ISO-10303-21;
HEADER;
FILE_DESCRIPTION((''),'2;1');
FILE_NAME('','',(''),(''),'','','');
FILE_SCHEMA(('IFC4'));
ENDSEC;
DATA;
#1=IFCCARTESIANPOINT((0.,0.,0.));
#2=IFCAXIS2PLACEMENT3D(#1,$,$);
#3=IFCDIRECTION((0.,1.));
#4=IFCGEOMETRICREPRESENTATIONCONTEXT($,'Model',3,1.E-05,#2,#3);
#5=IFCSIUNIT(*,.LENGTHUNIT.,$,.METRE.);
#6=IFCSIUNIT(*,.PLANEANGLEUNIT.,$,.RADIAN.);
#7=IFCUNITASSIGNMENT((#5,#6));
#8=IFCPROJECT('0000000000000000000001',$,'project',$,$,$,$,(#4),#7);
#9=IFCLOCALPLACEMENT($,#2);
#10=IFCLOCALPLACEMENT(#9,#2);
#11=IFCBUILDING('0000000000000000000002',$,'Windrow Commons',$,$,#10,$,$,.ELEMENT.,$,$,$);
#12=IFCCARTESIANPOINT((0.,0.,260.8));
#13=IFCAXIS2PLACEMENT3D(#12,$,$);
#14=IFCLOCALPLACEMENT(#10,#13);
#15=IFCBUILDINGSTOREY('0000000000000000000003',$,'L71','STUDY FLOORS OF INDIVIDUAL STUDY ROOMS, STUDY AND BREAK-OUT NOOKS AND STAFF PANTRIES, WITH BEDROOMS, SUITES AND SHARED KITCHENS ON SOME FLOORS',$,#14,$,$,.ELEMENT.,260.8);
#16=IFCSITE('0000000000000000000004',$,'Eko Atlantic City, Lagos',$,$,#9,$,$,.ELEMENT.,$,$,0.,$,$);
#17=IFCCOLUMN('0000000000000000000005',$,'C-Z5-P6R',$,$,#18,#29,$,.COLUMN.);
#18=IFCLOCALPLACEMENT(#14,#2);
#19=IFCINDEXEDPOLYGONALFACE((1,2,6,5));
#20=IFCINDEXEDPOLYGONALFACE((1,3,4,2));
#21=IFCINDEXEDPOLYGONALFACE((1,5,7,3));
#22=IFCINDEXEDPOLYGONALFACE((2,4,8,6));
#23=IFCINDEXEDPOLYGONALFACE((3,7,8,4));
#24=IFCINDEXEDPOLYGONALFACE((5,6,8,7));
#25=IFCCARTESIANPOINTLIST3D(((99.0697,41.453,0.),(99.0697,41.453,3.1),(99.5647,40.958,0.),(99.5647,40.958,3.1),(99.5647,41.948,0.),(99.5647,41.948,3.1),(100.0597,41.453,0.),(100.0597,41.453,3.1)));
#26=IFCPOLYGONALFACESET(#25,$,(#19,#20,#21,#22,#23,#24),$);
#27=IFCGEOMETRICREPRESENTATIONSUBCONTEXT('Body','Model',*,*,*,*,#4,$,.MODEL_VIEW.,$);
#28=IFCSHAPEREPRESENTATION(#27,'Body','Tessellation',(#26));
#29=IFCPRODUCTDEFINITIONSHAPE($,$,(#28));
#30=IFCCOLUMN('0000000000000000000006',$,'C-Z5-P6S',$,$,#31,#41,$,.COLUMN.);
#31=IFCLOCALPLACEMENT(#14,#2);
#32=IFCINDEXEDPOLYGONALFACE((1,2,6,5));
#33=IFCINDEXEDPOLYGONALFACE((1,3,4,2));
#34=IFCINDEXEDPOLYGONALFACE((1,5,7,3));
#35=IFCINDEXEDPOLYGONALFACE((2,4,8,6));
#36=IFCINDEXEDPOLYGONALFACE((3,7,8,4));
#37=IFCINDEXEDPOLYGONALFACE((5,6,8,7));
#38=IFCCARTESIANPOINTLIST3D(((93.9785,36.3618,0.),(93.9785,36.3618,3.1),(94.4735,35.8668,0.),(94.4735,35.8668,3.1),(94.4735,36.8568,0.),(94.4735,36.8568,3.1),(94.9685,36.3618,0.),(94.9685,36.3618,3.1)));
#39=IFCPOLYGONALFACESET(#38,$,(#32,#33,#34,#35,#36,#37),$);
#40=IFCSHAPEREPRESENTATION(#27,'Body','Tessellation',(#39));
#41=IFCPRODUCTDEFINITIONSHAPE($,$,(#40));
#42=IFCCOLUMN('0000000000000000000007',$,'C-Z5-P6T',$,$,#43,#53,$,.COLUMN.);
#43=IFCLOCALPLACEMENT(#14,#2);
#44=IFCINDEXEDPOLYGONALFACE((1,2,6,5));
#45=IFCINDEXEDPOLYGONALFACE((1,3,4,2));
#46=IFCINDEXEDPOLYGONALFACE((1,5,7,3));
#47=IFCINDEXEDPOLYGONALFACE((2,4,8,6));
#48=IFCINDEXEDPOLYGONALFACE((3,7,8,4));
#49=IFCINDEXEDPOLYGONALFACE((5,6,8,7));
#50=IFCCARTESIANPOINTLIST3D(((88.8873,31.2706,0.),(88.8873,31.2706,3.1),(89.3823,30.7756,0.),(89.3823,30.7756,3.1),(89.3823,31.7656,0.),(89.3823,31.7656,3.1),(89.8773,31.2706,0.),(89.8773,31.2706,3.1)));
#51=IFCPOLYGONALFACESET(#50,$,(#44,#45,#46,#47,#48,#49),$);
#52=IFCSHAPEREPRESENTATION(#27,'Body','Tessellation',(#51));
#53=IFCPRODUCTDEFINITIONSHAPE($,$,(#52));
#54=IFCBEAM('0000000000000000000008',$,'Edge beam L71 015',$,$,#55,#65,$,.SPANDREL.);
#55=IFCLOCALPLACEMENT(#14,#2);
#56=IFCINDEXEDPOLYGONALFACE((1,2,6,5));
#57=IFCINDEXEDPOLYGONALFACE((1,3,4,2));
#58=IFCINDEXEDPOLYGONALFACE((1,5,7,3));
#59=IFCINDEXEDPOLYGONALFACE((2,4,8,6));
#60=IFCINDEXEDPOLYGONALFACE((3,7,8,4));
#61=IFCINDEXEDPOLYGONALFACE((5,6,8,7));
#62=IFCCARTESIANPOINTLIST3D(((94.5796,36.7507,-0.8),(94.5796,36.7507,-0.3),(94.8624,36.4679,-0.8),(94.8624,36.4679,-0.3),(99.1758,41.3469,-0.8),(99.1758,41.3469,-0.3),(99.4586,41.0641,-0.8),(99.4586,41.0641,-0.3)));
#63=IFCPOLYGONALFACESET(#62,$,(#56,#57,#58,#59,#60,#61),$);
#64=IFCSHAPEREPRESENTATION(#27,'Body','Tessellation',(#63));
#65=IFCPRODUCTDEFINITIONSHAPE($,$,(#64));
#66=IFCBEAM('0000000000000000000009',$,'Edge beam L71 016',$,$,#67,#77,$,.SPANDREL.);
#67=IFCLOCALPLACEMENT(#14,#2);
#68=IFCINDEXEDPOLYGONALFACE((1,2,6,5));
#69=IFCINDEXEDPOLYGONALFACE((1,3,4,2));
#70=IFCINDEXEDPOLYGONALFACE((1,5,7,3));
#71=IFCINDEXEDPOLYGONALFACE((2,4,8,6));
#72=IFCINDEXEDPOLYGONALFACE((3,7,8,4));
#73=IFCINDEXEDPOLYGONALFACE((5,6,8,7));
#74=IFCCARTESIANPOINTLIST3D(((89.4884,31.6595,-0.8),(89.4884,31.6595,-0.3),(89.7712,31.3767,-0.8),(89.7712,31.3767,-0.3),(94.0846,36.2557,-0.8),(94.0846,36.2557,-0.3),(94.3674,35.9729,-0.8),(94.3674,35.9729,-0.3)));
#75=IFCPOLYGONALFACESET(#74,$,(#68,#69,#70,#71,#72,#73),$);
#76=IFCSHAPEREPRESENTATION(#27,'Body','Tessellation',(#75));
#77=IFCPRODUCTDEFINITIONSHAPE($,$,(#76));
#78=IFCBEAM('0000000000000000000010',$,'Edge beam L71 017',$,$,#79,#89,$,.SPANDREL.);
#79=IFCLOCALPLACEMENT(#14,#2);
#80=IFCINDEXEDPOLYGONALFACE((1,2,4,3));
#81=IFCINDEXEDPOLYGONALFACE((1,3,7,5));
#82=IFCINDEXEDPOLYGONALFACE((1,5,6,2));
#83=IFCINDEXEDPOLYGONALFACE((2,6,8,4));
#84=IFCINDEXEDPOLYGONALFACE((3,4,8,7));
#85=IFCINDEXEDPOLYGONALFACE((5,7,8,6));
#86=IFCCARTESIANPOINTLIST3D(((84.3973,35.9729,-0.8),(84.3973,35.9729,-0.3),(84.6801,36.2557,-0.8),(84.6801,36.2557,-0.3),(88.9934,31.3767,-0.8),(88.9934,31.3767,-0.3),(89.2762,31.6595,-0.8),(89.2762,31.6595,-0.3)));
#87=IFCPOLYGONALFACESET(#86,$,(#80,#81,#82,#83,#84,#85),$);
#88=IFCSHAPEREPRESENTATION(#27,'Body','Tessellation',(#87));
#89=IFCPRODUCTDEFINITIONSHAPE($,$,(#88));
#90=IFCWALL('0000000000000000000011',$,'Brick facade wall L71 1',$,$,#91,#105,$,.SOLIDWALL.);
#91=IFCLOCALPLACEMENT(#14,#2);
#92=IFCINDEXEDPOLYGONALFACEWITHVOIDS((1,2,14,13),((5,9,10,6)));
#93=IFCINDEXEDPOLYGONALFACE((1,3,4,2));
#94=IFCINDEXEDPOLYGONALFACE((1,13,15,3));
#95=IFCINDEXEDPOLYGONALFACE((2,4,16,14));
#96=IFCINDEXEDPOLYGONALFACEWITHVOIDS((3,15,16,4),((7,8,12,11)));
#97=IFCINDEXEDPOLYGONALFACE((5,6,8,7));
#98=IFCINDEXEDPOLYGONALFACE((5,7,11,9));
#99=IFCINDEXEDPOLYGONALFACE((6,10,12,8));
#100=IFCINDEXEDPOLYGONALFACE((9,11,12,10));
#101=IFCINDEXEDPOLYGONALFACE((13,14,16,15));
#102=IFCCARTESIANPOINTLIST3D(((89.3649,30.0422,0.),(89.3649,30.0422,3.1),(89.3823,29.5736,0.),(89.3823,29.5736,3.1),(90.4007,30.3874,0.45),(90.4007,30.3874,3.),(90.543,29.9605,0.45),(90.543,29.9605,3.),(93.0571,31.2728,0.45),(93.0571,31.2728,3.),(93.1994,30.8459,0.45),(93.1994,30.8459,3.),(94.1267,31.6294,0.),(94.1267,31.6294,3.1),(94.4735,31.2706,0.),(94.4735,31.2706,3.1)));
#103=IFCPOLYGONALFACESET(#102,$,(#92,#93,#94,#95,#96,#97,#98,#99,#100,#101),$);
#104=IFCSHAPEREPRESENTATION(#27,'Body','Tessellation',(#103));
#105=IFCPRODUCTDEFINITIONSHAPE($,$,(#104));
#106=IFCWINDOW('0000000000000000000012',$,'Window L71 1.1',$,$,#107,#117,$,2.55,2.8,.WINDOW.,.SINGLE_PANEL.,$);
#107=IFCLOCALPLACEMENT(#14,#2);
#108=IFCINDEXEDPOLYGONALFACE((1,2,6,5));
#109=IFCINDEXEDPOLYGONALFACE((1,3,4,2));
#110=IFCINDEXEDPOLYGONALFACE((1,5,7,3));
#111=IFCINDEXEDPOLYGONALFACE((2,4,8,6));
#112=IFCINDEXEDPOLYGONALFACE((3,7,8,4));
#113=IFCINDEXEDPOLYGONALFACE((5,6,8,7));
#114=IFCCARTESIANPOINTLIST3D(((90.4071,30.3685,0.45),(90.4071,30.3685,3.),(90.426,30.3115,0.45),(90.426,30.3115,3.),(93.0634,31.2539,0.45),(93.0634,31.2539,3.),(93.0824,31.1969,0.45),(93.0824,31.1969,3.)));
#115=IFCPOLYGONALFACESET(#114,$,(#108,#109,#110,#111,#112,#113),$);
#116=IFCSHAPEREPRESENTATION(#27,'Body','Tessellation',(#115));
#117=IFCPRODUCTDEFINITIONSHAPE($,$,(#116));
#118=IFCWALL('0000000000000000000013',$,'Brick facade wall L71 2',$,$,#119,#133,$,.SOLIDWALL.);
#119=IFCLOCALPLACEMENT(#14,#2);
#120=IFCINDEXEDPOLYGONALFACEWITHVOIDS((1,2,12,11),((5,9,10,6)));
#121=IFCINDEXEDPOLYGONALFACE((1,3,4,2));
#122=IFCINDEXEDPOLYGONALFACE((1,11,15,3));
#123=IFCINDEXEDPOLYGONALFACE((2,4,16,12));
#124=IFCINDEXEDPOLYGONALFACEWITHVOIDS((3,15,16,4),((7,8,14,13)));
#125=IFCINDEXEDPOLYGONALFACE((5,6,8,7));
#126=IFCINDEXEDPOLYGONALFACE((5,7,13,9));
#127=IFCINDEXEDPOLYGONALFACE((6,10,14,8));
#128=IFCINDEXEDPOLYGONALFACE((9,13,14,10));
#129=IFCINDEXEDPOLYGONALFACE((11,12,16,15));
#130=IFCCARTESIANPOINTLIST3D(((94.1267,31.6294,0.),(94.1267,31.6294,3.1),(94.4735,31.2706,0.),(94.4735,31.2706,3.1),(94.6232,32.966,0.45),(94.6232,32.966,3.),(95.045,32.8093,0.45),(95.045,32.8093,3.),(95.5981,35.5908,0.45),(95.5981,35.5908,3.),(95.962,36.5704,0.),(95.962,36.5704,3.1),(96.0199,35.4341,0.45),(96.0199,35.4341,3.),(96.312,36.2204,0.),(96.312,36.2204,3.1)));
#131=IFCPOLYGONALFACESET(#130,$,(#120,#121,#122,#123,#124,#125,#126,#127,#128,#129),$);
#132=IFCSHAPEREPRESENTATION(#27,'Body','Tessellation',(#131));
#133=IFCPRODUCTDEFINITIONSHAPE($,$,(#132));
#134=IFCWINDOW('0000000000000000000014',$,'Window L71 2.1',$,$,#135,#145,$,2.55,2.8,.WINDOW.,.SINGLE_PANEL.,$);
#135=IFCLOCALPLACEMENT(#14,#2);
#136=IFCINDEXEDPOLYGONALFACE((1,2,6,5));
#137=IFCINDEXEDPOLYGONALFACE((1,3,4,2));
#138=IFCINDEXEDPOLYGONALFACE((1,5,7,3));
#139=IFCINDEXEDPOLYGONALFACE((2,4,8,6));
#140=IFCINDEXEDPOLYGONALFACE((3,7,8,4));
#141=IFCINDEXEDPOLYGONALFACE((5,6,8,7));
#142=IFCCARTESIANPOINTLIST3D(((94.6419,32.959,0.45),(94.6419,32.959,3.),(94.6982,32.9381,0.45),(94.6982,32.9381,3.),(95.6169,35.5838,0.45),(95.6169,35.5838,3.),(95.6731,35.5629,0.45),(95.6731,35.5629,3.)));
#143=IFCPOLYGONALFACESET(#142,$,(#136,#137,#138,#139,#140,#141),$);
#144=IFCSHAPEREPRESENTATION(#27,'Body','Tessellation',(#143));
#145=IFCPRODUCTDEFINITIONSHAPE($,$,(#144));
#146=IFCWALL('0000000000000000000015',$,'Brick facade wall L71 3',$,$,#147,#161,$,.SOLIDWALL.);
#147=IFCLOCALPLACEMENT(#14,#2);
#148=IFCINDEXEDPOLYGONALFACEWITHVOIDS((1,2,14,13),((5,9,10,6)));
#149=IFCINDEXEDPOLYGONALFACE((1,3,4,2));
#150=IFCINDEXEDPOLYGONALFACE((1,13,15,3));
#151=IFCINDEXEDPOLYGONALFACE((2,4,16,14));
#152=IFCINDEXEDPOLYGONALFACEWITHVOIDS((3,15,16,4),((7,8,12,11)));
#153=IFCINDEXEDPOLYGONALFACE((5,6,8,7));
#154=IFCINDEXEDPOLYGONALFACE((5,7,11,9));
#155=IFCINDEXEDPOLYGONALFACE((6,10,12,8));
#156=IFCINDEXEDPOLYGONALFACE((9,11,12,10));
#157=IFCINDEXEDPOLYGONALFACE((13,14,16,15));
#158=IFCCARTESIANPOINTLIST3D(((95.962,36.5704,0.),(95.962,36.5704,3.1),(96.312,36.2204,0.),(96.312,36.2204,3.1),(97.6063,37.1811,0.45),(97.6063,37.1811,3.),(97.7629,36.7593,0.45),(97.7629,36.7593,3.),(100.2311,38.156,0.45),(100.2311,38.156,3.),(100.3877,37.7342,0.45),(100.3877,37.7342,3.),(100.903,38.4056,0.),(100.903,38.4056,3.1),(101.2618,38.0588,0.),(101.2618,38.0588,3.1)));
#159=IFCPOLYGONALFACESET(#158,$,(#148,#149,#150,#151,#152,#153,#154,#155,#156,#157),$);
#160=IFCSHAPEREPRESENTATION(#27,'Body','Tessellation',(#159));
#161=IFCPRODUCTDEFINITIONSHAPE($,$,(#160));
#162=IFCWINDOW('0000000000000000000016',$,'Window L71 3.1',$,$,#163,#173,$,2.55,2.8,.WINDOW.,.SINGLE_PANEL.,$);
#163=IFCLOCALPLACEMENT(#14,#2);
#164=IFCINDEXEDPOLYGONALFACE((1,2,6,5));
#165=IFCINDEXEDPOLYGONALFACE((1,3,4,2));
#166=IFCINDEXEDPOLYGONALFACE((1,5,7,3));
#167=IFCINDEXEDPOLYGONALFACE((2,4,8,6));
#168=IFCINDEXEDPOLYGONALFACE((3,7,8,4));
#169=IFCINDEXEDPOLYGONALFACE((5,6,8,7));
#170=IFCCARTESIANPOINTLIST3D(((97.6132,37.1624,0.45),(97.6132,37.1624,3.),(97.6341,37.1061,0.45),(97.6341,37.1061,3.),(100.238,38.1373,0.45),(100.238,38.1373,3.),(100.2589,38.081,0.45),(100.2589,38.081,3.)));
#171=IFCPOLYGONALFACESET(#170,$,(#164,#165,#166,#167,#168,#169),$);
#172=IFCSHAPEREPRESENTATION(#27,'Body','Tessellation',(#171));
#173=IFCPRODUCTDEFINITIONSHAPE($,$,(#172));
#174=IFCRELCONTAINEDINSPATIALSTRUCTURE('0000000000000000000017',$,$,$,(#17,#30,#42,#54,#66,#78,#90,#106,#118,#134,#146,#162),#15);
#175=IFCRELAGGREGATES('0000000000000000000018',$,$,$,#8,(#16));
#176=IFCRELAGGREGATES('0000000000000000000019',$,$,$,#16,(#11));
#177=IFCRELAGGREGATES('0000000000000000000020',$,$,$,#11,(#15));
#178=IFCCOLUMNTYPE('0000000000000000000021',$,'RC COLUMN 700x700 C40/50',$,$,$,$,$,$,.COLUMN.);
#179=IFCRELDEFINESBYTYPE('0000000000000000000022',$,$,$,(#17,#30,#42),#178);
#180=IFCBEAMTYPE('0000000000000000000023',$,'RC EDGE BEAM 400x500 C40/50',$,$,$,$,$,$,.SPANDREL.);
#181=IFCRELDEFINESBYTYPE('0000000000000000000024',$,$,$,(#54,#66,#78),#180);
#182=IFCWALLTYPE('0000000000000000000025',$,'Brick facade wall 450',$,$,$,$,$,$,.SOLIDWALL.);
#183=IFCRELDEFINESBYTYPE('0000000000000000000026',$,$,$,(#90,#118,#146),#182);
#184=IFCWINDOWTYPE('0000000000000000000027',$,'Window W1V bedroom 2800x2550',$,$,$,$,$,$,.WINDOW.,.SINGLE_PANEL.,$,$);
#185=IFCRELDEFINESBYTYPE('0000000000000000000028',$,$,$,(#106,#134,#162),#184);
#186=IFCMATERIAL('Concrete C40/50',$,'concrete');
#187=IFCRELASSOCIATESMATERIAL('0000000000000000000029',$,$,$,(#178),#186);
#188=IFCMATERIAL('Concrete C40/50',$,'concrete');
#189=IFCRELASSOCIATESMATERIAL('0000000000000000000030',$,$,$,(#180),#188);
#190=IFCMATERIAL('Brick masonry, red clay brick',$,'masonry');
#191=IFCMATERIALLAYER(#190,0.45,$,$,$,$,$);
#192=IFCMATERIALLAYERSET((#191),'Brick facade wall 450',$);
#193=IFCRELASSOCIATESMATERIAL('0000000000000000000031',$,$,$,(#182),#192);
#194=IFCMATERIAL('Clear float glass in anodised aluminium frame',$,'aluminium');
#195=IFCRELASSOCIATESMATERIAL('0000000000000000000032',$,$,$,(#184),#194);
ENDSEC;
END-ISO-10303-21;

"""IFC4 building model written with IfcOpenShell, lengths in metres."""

from ifc_helpers import new_model, si_unit, direction, frame, frame_2d, origin, origin_2d, place, context, subcontext, project, spatial, polyline, rectangle, outline, extrude, material, layer, layer_set, material_profile, profile_set, type_object, element, fill, save


model = new_model("IFC4")

# Units and contexts
model_context = context("Model", 3, precision=1e-05, world=origin(), true_north=direction((0.0, 1.0)))
body_context = subcontext(model_context, "Body", "Model", "MODEL_VIEW")
ifc_project = project(units=[si_unit("LENGTHUNIT", "METRE"), si_unit("PLANEANGLEUNIT", "RADIAN")], contexts=[model_context])

# Site, building, storey
site_placement = place(None, origin())
site = spatial("IfcSite", under=ifc_project, at=site_placement, Name="Eko Atlantic City, Lagos", CompositionType="ELEMENT", RefElevation=0.0)
building_placement = place(site_placement, origin())
building = spatial("IfcBuilding", under=site, at=building_placement, Name="Windrow Commons", CompositionType="ELEMENT")
storey_placement = place(building_placement, frame((0.0, 0.0, 260.8)))
storey = spatial("IfcBuildingStorey", under=building, at=storey_placement, Name="L71", Description="STUDY FLOORS OF INDIVIDUAL STUDY ROOMS, STUDY AND BREAK-OUT NOOKS AND STAFF PANTRIES, WITH BEDROOMS, SUITES AND SHARED KITCHENS ON SOME FLOORS", CompositionType="ELEMENT", Elevation=260.8)

# Columns
ifc_material_1 = material(Name="Concrete C40/50", Category="concrete")
ifc_material_profile_1 = material_profile(ifc_material_1, rectangle(XDim=0.7, YDim=0.7, at=origin_2d()))
ifc_profile_set_1 = profile_set([ifc_material_profile_1], Name="Concrete C40/50")
column_type = type_object("IfcColumnType", Name="RC COLUMN 700x700 C40/50", PredefinedType="COLUMN", material=ifc_profile_set_1)
for number, where, z_axis, x_axis, name in (
    (1, (99.5647, 41.453, 0.0), (0.0, 0.0, 1.0), (0.707107, -0.707107, 0.0), "C-Z5-P6R"),
    (2, (94.4735, 36.3618, 0.0), (0.0, 0.0, 1.0), (0.707107, -0.707107, 0.0), "C-Z5-P6S"),
    (3, (89.3823, 31.2706, 0.0), (0.0, 0.0, 1.0), (0.707107, -0.707107, 0.0), "C-Z5-P6T"),
):
    element("IfcColumn", number, at=place(storey_placement, frame(where, z_axis=z_axis, x_axis=x_axis)), inside=storey, type_object=column_type, Name=name, PredefinedType="COLUMN", context=body_context, shape_type="SweptSolid", body=[
        extrude(rectangle(XDim=0.7, YDim=0.7, at=origin_2d()), origin(), (0.0, 0.0, 1.0), 3.1),
    ])

# Beams
ifc_material_2 = material(Name="Concrete C40/50", Category="concrete")
ifc_material_profile_2 = material_profile(ifc_material_2, rectangle(XDim=0.4, YDim=0.5, at=origin_2d()))
ifc_profile_set_2 = profile_set([ifc_material_profile_2], Name="Concrete C40/50")
beam_type = type_object("IfcBeamType", Name="RC EDGE BEAM 400x500 C40/50", PredefinedType="SPANDREL", material=ifc_profile_set_2)
for number, where, z_axis, x_axis, name in (
    (4, (99.3172, 41.2055, -0.55), (-0.707107, -0.707107, 0.0), (0.707107, -0.707107, 0.0), "Edge beam L71 015"),
    (5, (94.226, 36.1143, -0.55), (-0.707107, -0.707107, 0.0), (0.707107, -0.707107, 0.0), "Edge beam L71 016"),
):
    element("IfcBeam", number, at=place(storey_placement, frame(where, z_axis=z_axis, x_axis=x_axis)), inside=storey, type_object=beam_type, Name=name, PredefinedType="SPANDREL", context=body_context, shape_type="SweptSolid", body=[
        extrude(rectangle(XDim=0.4, YDim=0.5, at=origin_2d()), origin(), (0.0, 0.0, 1.0), 6.5),
    ])
beam_placement = place(storey_placement, frame((89.1348, 31.5181, -0.55), z_axis=(-0.707099, 0.707114, 0.0), x_axis=(-0.707114, -0.707099, 0.0)))
element("IfcBeam", 6, at=beam_placement, inside=storey, type_object=beam_type, Name="Edge beam L71 017", PredefinedType="SPANDREL", context=body_context, shape_type="SweptSolid", body=[
    extrude(rectangle(XDim=0.4, YDim=0.5, at=origin_2d()), origin(), (0.0, 0.0, 1.0), 6.4999),
])

# Walls, openings, windows
ifc_material_3 = material(Name="Brick masonry, red clay brick", Category="masonry")
ifc_layer_1 = layer(ifc_material_3, 0.45)
ifc_layer_set_1 = layer_set([ifc_layer_1], Name="Brick facade wall 450")
wall_type_1 = type_object("IfcWallType", Name="Brick facade wall 450", PredefinedType="SOLIDWALL", material=ifc_layer_set_1)
wall_1_placement = place(storey_placement, frame((89.3736, 29.8079, 0.0), z_axis=(0.0, 0.0, 1.0), x_axis=(0.948687, 0.316216, 0.0)))
wall_1 = element("IfcWall", 7, at=wall_1_placement, inside=storey, type_object=wall_type_1, Name="Brick facade wall L71 1", PredefinedType="SOLIDWALL", context=body_context, shape_type="SweptSolid", body=[
    extrude(outline(polyline([(-0.0658, -0.225), (5.3008, -0.225), (5.0852, 0.225), (0.0658, 0.225), (-0.0658, -0.225)])), origin(), (0.0, 0.0, 1.0), 3.1),
])
opening_1_placement = place(wall_1_placement, frame((1.1577, 0.0, 0.45)))
opening_1 = element("IfcOpeningElement", 8, at=opening_1_placement, cuts=wall_1, PredefinedType="OPENING", context=body_context, shape_type="SweptSolid", body=[
    extrude(rectangle(XDim=2.8, YDim=2.55, at=frame_2d((1.4, 1.275))), frame((0.0, 0.235, 0.0), z_axis=(0.0, -1.0, 0.0), x_axis=(1.0, 0.0, 0.0)), (0.0, 0.0, 1.0), 0.47),
])
ifc_material_4 = material(Name="Clear float glass in anodised aluminium frame", Category="aluminium")
window_type_1 = type_object("IfcWindowType", Name="Window W1V bedroom 2800x2550", PartitioningType="SINGLE_PANEL", PredefinedType="WINDOW", material=ifc_material_4)
window_1_placement = place(opening_1_placement, origin())
window_1 = element("IfcWindow", 9, at=window_1_placement, inside=storey, type_object=window_type_1, Name="Window L71 1.1", OverallHeight=2.55, OverallWidth=2.8, PartitioningType="SINGLE_PANEL", PredefinedType="WINDOW", context=body_context, shape_type="SweptSolid", body=[
    extrude(rectangle(XDim=2.8, YDim=2.55, at=frame_2d((1.4, 1.275))), frame((0.0, 0.205, 0.0), z_axis=(0.0, -1.0, 0.0), x_axis=(1.0, 0.0, 0.0)), (0.0, 0.0, 1.0), 0.06),
])
fill(opening_1, window_1)
wall_2_placement = place(storey_placement, frame((94.3001, 31.45, 0.0), z_axis=(0.0, 0.0, 1.0), x_axis=(0.348193, 0.937423, 0.0)))
wall_2 = element("IfcWall", 10, at=wall_2_placement, inside=storey, type_object=wall_type_1, Name="Brick facade wall L71 2", PredefinedType="SOLIDWALL", context=body_context, shape_type="SweptSolid", body=[
    extrude(outline(polyline([(-0.1078, -0.225), (5.1724, -0.225), (5.3786, 0.225), (0.1078, 0.225), (-0.1078, -0.225)])), origin(), (0.0, 0.0, 1.0), 3.1),
])
opening_2_placement = place(wall_2_placement, frame((1.5336, 0.0, 0.45)))
opening_2 = element("IfcOpeningElement", 11, at=opening_2_placement, cuts=wall_2, PredefinedType="OPENING", context=body_context, shape_type="SweptSolid", body=[
    extrude(rectangle(XDim=2.8, YDim=2.55, at=frame_2d((1.4, 1.275))), frame((0.0, 0.235, 0.0), z_axis=(0.0, -1.0, 0.0), x_axis=(1.0, 0.0, 0.0)), (0.0, 0.0, 1.0), 0.47),
])
window_2_placement = place(opening_2_placement, origin())
window_2 = element("IfcWindow", 12, at=window_2_placement, inside=storey, type_object=window_type_1, Name="Window L71 2.1", OverallHeight=2.55, OverallWidth=2.8, PartitioningType="SINGLE_PANEL", PredefinedType="WINDOW", context=body_context, shape_type="SweptSolid", body=[
    extrude(rectangle(XDim=2.8, YDim=2.55, at=frame_2d((1.4, 1.275))), frame((0.0, 0.205, 0.0), z_axis=(0.0, -1.0, 0.0), x_axis=(1.0, 0.0, 0.0)), (0.0, 0.0, 1.0), 0.06),
])
fill(opening_2, window_2)
wall_3_placement = place(storey_placement, frame((96.137, 36.3954, 0.0), z_axis=(0.0, 0.0, 1.0), x_axis=(0.937429, 0.348176, 0.0)))
wall_3 = element("IfcWall", 13, at=wall_3_placement, inside=storey, type_object=wall_type_1, Name="Brick facade wall L71 3", PredefinedType="SOLIDWALL", context=body_context, shape_type="SweptSolid", body=[
    extrude(outline(polyline([(0.1031, -0.225), (5.3833, -0.225), (5.1677, 0.225), (-0.1031, 0.225), (0.1031, -0.225)])), origin(), (0.0, 0.0, 1.0), 3.1),
])
opening_3_placement = place(wall_3_placement, frame((1.6509, 0.0, 0.45)))
opening_3 = element("IfcOpeningElement", 14, at=opening_3_placement, cuts=wall_3, PredefinedType="OPENING", context=body_context, shape_type="SweptSolid", body=[
    extrude(rectangle(XDim=2.8, YDim=2.55, at=frame_2d((1.4, 1.275))), frame((0.0, 0.235, 0.0), z_axis=(0.0, -1.0, 0.0), x_axis=(1.0, 0.0, 0.0)), (0.0, 0.0, 1.0), 0.47),
])
window_3_placement = place(opening_3_placement, origin())
window_3 = element("IfcWindow", 15, at=window_3_placement, inside=storey, type_object=window_type_1, Name="Window L71 3.1", OverallHeight=2.55, OverallWidth=2.8, PartitioningType="SINGLE_PANEL", PredefinedType="WINDOW", context=body_context, shape_type="SweptSolid", body=[
    extrude(rectangle(XDim=2.8, YDim=2.55, at=frame_2d((1.4, 1.275))), frame((0.0, 0.205, 0.0), z_axis=(0.0, -1.0, 0.0), x_axis=(1.0, 0.0, 0.0)), (0.0, 0.0, 1.0), 0.06),
])
fill(opening_3, window_3)

save(model, "model.ifc")
